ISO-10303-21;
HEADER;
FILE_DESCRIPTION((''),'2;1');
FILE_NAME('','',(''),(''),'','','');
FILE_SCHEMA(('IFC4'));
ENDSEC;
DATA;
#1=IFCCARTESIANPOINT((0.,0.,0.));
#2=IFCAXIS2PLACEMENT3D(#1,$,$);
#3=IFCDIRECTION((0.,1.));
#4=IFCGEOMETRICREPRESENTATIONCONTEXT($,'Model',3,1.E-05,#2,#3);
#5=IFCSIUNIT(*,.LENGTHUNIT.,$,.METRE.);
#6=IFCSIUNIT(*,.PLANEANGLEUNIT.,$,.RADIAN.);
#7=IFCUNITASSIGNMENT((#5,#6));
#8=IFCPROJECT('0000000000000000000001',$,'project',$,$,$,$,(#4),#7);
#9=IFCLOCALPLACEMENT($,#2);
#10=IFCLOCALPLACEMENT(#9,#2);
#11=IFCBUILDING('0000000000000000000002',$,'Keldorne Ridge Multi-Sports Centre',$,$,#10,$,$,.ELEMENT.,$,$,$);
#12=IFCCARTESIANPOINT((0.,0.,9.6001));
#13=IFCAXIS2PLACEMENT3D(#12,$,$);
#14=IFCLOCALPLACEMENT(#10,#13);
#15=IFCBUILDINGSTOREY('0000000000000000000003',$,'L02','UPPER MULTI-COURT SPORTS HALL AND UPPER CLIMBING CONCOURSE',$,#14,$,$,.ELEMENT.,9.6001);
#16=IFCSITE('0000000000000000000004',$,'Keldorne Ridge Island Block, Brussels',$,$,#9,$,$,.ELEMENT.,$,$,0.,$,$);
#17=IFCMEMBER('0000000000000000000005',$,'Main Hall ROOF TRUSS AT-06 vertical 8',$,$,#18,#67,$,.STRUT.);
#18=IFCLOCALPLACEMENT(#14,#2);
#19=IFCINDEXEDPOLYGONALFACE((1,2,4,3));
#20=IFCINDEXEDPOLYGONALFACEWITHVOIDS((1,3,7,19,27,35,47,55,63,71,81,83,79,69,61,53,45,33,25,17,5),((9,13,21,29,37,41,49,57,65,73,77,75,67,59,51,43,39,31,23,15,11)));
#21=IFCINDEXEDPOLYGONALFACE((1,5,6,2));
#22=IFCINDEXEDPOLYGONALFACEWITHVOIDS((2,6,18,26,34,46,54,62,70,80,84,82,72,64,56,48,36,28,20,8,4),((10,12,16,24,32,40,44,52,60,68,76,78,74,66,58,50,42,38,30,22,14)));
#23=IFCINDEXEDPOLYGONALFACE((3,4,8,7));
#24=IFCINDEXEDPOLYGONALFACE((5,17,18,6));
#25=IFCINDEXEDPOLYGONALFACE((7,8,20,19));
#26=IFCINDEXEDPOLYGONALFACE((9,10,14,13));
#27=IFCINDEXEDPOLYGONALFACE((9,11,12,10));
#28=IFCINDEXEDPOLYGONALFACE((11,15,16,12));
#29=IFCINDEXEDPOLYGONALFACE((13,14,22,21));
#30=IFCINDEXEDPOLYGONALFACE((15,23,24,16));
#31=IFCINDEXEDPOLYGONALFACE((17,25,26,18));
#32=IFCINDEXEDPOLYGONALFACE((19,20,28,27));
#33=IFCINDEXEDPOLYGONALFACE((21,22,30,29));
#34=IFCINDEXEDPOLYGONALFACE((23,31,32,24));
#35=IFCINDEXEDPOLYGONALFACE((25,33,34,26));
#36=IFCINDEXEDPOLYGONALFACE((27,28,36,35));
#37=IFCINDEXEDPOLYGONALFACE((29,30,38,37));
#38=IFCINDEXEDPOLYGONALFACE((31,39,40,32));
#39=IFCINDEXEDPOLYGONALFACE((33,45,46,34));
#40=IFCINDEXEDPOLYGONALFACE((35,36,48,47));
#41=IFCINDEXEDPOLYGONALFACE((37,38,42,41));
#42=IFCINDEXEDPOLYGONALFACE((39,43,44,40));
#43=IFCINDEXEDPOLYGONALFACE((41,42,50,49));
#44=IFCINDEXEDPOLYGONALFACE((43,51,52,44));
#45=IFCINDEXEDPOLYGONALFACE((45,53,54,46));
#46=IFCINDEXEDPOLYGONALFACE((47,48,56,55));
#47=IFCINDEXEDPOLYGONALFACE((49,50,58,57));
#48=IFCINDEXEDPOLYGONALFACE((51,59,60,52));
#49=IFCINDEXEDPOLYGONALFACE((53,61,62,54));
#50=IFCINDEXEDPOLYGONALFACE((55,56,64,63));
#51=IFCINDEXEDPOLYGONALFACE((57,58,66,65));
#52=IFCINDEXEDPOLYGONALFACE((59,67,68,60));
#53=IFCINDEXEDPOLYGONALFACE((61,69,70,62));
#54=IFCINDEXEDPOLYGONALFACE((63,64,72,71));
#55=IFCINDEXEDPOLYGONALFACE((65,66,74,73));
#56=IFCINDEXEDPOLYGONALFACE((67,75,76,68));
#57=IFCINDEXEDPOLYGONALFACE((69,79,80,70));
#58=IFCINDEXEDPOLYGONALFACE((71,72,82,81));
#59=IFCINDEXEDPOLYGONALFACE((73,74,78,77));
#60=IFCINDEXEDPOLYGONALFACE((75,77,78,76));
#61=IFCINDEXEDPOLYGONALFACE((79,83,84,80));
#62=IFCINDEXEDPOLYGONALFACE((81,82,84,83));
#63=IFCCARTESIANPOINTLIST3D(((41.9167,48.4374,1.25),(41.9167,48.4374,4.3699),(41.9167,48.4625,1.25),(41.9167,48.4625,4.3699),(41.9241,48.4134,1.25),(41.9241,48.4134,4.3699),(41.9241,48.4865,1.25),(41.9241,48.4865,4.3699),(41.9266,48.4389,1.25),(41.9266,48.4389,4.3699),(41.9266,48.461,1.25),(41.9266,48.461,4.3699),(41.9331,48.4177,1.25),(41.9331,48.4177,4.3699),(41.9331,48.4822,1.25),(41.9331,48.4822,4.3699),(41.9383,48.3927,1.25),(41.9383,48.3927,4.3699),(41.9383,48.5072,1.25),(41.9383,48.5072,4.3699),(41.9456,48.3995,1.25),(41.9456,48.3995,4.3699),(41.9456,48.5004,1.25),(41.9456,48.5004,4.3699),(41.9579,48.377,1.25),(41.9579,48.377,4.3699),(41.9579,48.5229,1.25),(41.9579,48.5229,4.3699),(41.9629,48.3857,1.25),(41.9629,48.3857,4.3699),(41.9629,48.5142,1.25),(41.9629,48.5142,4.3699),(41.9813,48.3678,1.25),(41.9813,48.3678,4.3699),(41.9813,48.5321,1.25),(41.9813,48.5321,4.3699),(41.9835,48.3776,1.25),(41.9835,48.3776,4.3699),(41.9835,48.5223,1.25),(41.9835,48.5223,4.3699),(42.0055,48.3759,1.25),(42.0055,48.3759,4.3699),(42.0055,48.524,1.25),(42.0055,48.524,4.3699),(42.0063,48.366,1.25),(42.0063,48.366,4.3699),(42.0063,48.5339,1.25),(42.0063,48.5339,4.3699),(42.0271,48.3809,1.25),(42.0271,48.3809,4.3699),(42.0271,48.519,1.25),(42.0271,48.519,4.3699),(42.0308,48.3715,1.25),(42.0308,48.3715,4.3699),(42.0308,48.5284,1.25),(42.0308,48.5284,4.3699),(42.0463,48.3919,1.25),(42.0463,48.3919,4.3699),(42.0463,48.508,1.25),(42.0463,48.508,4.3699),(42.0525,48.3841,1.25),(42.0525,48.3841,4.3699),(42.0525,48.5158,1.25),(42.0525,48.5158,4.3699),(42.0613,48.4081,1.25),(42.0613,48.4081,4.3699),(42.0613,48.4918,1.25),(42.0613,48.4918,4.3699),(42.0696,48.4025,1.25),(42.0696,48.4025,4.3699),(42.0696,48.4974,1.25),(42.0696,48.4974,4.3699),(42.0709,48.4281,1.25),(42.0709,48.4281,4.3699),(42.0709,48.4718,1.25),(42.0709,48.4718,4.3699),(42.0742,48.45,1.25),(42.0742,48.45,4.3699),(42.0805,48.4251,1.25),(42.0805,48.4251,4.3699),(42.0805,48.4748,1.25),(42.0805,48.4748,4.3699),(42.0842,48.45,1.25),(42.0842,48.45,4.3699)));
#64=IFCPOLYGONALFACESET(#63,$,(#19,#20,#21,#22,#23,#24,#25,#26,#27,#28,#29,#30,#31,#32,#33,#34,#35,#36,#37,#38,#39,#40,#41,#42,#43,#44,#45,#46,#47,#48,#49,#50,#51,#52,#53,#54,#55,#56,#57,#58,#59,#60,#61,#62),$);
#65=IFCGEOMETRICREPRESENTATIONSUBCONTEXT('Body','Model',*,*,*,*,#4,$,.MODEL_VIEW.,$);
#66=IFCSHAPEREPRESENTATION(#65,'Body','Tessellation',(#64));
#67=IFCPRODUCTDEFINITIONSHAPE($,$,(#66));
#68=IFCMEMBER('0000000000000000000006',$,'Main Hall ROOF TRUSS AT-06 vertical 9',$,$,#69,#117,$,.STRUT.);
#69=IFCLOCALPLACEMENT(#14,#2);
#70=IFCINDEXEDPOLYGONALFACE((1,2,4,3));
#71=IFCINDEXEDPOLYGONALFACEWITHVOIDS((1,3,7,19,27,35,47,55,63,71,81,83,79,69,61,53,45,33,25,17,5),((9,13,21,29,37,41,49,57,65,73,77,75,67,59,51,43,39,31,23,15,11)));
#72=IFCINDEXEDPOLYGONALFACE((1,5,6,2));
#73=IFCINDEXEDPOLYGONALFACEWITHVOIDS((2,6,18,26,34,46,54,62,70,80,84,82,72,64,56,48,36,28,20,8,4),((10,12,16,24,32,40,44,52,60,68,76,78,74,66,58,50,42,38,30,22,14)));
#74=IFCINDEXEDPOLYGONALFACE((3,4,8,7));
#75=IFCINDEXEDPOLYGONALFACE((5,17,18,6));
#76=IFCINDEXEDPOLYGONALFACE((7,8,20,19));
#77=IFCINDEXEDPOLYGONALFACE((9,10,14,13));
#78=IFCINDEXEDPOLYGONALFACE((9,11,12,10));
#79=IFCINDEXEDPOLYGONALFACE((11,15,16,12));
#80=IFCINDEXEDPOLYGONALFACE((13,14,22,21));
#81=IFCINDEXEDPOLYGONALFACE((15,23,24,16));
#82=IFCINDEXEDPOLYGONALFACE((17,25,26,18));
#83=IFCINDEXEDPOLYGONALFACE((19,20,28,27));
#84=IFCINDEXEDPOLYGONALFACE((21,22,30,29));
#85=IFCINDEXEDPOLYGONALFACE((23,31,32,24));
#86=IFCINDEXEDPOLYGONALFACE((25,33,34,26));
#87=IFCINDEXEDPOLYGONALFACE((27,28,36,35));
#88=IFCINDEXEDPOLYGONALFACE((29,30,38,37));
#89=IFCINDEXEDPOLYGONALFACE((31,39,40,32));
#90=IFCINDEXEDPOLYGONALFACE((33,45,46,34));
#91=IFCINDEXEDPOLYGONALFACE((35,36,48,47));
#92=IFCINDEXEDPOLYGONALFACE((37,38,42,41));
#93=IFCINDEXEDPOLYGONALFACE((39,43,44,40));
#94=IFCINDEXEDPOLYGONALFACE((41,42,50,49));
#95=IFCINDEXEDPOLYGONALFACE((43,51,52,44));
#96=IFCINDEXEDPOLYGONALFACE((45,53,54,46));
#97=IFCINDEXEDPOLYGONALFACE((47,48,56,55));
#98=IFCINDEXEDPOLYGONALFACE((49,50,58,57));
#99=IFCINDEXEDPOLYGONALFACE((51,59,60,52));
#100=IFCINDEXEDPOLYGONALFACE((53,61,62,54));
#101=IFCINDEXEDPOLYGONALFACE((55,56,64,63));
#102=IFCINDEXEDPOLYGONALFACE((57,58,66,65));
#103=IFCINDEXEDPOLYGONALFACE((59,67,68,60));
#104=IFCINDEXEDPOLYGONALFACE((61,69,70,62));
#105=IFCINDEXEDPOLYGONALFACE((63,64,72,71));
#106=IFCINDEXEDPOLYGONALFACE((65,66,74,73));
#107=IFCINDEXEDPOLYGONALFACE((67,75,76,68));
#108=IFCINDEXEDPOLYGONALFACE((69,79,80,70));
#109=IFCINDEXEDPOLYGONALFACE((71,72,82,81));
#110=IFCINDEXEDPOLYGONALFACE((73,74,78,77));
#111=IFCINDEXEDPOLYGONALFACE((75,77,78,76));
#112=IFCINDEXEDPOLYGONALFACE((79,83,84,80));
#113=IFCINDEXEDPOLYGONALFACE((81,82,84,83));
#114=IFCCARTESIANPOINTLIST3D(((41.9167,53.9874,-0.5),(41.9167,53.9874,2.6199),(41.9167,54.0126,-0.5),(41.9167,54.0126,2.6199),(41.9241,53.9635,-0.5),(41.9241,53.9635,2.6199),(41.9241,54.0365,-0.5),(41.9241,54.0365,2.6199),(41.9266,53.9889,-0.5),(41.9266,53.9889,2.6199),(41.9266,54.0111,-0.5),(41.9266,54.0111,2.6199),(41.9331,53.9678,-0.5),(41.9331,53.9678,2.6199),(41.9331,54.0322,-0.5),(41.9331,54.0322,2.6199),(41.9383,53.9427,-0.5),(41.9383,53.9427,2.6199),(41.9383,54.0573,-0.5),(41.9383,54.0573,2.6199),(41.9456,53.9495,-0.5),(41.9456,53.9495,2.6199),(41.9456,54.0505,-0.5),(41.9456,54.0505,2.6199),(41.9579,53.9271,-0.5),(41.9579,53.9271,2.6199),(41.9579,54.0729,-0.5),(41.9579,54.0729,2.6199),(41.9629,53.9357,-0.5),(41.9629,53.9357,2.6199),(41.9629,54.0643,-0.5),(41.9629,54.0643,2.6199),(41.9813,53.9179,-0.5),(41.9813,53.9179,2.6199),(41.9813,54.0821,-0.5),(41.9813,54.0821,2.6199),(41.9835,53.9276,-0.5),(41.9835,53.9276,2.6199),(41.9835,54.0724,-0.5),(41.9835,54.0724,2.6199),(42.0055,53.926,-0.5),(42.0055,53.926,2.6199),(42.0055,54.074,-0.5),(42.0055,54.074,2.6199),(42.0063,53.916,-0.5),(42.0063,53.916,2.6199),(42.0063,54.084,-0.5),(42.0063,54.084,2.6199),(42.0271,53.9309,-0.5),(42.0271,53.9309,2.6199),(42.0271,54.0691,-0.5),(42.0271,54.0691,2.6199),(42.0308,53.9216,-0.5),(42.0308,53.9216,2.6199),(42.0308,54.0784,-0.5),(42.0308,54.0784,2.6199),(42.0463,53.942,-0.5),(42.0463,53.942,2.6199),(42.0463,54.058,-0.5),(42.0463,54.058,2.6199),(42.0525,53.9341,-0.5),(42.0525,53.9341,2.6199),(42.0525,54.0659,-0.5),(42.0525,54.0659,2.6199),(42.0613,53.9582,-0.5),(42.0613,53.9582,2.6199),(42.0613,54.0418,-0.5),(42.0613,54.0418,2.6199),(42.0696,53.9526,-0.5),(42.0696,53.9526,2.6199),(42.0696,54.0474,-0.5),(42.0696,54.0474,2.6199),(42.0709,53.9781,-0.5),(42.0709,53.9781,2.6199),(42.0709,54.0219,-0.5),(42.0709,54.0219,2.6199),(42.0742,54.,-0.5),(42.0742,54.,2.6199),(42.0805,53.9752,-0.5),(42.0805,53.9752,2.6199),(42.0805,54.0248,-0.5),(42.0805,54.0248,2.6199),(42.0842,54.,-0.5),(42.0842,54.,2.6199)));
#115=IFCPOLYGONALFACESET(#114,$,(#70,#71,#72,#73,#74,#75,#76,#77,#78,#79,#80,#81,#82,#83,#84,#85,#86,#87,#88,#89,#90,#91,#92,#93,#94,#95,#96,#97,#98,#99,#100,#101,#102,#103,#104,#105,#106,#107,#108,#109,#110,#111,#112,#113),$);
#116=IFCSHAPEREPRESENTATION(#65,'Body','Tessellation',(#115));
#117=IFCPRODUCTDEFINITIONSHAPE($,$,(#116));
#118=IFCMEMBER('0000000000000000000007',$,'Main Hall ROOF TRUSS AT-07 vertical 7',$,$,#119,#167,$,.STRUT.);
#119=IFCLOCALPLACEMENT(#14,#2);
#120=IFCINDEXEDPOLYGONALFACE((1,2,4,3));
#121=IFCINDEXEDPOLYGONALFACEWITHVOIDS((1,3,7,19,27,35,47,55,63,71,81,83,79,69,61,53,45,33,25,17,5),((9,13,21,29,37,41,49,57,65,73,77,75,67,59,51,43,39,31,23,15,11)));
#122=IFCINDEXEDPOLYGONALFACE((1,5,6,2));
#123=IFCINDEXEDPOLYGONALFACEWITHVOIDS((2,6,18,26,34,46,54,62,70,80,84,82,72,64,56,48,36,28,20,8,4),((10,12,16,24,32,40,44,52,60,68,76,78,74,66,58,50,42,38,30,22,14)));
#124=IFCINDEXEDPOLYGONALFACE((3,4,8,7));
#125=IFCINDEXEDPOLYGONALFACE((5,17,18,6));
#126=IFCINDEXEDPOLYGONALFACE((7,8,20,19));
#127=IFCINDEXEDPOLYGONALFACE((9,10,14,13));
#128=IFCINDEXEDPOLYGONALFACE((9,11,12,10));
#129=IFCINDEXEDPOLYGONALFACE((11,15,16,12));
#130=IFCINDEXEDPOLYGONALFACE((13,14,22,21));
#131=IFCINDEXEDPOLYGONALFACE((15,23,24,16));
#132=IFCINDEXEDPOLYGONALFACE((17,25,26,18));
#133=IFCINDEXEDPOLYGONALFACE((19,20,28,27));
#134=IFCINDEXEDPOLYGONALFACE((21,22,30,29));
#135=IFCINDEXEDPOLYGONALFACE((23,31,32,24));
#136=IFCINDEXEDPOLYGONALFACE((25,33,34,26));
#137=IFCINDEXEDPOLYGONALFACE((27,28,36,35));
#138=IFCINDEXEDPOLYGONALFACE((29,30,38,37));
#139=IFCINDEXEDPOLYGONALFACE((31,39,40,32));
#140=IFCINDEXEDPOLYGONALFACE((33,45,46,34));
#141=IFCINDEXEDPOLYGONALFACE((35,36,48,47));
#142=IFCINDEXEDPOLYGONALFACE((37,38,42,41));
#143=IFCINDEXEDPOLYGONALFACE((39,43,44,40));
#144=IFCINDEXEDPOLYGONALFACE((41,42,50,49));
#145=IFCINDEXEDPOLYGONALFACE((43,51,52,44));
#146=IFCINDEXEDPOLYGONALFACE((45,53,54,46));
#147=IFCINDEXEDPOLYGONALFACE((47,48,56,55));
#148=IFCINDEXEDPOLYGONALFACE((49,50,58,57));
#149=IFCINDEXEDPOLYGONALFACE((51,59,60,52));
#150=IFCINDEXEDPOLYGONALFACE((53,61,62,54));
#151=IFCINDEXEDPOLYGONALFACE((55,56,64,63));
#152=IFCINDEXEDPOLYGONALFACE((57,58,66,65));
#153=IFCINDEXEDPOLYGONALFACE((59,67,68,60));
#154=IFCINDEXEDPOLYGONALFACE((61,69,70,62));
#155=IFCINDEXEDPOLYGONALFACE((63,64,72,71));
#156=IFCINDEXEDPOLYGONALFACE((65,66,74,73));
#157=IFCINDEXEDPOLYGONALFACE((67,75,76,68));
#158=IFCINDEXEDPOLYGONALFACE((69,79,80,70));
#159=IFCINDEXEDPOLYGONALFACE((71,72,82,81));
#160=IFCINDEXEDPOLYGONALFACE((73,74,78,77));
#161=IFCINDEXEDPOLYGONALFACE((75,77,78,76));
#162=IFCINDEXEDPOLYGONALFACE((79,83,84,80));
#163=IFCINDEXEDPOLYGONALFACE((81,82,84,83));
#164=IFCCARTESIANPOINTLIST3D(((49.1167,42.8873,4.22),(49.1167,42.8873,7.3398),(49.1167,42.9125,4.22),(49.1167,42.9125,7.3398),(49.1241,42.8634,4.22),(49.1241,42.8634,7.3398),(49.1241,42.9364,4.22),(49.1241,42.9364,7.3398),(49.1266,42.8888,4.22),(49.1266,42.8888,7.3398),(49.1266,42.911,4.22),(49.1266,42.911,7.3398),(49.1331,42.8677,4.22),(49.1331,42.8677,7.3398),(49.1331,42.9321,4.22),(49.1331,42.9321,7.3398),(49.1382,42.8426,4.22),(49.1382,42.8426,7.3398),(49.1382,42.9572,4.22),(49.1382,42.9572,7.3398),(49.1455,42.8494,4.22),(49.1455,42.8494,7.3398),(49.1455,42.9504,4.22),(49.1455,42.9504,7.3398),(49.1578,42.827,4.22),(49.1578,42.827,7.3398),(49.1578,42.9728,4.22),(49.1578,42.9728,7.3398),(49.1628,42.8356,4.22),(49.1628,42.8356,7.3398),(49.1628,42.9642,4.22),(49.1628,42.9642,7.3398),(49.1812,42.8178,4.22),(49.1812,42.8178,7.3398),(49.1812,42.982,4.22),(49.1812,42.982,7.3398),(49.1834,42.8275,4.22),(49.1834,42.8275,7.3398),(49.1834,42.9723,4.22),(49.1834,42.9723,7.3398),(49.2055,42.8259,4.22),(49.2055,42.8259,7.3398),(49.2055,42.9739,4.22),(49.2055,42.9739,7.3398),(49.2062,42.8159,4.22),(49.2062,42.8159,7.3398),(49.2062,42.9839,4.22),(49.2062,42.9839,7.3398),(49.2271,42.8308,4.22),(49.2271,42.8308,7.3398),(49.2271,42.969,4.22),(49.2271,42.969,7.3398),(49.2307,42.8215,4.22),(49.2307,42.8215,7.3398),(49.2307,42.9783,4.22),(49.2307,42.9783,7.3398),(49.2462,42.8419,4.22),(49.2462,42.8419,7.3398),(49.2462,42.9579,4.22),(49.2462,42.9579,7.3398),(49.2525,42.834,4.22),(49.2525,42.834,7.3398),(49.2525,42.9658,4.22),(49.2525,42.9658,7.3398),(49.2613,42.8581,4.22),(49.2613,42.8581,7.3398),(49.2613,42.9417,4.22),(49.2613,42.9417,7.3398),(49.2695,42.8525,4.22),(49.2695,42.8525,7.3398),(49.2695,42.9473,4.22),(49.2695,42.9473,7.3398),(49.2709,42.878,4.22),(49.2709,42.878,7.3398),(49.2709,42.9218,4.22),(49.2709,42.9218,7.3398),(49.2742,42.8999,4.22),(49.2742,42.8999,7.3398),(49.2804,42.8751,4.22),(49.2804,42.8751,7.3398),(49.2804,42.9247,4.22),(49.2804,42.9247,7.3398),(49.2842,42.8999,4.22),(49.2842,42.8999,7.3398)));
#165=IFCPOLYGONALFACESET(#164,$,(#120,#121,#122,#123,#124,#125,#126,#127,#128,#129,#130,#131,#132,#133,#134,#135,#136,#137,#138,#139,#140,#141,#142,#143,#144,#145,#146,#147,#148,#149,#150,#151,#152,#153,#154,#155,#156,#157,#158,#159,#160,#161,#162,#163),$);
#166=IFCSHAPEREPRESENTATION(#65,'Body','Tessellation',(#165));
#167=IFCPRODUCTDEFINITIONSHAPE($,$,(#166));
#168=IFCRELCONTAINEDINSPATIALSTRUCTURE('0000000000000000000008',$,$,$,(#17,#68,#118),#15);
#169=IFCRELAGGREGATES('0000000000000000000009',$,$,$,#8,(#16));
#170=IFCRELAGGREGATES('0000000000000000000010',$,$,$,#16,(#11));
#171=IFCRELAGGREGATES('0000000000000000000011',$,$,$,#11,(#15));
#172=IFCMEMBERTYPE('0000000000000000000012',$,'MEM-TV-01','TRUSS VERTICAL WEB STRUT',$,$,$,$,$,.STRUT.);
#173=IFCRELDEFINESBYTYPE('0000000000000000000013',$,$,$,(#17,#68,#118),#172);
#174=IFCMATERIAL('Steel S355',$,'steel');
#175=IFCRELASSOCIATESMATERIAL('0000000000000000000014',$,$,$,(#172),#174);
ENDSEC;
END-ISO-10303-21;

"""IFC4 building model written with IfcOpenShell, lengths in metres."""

from ifc_helpers import new_model, si_unit, direction, frame, origin, origin_2d, place, context, subcontext, project, spatial, hollow_circle, extrude, material, material_profile, profile_set, type_object, element, save


model = new_model("IFC4")

# Units and contexts
model_context = context("Model", 3, precision=1e-05, world=origin(), true_north=direction((0.0, 1.0)))
body_context = subcontext(model_context, "Body", "Model", "MODEL_VIEW")
ifc_project = project(units=[si_unit("LENGTHUNIT", "METRE"), si_unit("PLANEANGLEUNIT", "RADIAN")], contexts=[model_context])

# Site, building, storey
site_placement = place(None, origin())
site = spatial("IfcSite", under=ifc_project, at=site_placement, Name="Keldorne Ridge Island Block, Brussels", CompositionType="ELEMENT", RefElevation=0.0)
building_placement = place(site_placement, origin())
building = spatial("IfcBuilding", under=site, at=building_placement, Name="Keldorne Ridge Multi-Sports Centre", CompositionType="ELEMENT")
storey_placement = place(building_placement, frame((0.0, 0.0, 9.6001)))
storey = spatial("IfcBuildingStorey", under=building, at=storey_placement, Name="L02", Description="UPPER MULTI-COURT SPORTS HALL AND UPPER CLIMBING CONCOURSE", CompositionType="ELEMENT", Elevation=9.6001)

# Shared definitions
ifc_material = material(Name="Steel S355", Category="steel")

# Members
ifc_material_profile_1 = material_profile(ifc_material, hollow_circle(Radius=0.0842, WallThickness=0.01, at=origin_2d()), Name="CHS 168.3x10")
ifc_profile_set_1 = profile_set([ifc_material_profile_1], Name="Steel S355")
member_type_1 = type_object("IfcMemberType", Name="MEM-TV-01", Description="TRUSS VERTICAL WEB STRUT", PredefinedType="STRUT", material=ifc_profile_set_1)
for number, where, z_axis, x_axis, name in (
    (1, (42.0, 48.45, 1.25), (0.0, 0.0, 1.0), (1.0, 0.0, 0.0), "Main Hall ROOF TRUSS AT-06 vertical 8"),
    (2, (42.0, 54.0, -0.5), (0.0, 0.0, 1.0), (1.0, 0.0, 0.0), "Main Hall ROOF TRUSS AT-06 vertical 9"),
    (3, (49.2, 42.8999, 4.22), (0.0, 0.0, 1.0), (1.0, 0.0, 0.0), "Main Hall ROOF TRUSS AT-07 vertical 7"),
):
    element("IfcMember", number, at=place(storey_placement, frame(where, z_axis=z_axis, x_axis=x_axis)), inside=storey, type_object=member_type_1, Name=name, PredefinedType="STRUT", context=body_context, shape_type="SweptSolid", body=[
        extrude(hollow_circle(Radius=0.0842, WallThickness=0.01, at=origin_2d()), origin(), (0.0, 0.0, 1.0), 3.1199),
    ])

save(model, "model.ifc")
